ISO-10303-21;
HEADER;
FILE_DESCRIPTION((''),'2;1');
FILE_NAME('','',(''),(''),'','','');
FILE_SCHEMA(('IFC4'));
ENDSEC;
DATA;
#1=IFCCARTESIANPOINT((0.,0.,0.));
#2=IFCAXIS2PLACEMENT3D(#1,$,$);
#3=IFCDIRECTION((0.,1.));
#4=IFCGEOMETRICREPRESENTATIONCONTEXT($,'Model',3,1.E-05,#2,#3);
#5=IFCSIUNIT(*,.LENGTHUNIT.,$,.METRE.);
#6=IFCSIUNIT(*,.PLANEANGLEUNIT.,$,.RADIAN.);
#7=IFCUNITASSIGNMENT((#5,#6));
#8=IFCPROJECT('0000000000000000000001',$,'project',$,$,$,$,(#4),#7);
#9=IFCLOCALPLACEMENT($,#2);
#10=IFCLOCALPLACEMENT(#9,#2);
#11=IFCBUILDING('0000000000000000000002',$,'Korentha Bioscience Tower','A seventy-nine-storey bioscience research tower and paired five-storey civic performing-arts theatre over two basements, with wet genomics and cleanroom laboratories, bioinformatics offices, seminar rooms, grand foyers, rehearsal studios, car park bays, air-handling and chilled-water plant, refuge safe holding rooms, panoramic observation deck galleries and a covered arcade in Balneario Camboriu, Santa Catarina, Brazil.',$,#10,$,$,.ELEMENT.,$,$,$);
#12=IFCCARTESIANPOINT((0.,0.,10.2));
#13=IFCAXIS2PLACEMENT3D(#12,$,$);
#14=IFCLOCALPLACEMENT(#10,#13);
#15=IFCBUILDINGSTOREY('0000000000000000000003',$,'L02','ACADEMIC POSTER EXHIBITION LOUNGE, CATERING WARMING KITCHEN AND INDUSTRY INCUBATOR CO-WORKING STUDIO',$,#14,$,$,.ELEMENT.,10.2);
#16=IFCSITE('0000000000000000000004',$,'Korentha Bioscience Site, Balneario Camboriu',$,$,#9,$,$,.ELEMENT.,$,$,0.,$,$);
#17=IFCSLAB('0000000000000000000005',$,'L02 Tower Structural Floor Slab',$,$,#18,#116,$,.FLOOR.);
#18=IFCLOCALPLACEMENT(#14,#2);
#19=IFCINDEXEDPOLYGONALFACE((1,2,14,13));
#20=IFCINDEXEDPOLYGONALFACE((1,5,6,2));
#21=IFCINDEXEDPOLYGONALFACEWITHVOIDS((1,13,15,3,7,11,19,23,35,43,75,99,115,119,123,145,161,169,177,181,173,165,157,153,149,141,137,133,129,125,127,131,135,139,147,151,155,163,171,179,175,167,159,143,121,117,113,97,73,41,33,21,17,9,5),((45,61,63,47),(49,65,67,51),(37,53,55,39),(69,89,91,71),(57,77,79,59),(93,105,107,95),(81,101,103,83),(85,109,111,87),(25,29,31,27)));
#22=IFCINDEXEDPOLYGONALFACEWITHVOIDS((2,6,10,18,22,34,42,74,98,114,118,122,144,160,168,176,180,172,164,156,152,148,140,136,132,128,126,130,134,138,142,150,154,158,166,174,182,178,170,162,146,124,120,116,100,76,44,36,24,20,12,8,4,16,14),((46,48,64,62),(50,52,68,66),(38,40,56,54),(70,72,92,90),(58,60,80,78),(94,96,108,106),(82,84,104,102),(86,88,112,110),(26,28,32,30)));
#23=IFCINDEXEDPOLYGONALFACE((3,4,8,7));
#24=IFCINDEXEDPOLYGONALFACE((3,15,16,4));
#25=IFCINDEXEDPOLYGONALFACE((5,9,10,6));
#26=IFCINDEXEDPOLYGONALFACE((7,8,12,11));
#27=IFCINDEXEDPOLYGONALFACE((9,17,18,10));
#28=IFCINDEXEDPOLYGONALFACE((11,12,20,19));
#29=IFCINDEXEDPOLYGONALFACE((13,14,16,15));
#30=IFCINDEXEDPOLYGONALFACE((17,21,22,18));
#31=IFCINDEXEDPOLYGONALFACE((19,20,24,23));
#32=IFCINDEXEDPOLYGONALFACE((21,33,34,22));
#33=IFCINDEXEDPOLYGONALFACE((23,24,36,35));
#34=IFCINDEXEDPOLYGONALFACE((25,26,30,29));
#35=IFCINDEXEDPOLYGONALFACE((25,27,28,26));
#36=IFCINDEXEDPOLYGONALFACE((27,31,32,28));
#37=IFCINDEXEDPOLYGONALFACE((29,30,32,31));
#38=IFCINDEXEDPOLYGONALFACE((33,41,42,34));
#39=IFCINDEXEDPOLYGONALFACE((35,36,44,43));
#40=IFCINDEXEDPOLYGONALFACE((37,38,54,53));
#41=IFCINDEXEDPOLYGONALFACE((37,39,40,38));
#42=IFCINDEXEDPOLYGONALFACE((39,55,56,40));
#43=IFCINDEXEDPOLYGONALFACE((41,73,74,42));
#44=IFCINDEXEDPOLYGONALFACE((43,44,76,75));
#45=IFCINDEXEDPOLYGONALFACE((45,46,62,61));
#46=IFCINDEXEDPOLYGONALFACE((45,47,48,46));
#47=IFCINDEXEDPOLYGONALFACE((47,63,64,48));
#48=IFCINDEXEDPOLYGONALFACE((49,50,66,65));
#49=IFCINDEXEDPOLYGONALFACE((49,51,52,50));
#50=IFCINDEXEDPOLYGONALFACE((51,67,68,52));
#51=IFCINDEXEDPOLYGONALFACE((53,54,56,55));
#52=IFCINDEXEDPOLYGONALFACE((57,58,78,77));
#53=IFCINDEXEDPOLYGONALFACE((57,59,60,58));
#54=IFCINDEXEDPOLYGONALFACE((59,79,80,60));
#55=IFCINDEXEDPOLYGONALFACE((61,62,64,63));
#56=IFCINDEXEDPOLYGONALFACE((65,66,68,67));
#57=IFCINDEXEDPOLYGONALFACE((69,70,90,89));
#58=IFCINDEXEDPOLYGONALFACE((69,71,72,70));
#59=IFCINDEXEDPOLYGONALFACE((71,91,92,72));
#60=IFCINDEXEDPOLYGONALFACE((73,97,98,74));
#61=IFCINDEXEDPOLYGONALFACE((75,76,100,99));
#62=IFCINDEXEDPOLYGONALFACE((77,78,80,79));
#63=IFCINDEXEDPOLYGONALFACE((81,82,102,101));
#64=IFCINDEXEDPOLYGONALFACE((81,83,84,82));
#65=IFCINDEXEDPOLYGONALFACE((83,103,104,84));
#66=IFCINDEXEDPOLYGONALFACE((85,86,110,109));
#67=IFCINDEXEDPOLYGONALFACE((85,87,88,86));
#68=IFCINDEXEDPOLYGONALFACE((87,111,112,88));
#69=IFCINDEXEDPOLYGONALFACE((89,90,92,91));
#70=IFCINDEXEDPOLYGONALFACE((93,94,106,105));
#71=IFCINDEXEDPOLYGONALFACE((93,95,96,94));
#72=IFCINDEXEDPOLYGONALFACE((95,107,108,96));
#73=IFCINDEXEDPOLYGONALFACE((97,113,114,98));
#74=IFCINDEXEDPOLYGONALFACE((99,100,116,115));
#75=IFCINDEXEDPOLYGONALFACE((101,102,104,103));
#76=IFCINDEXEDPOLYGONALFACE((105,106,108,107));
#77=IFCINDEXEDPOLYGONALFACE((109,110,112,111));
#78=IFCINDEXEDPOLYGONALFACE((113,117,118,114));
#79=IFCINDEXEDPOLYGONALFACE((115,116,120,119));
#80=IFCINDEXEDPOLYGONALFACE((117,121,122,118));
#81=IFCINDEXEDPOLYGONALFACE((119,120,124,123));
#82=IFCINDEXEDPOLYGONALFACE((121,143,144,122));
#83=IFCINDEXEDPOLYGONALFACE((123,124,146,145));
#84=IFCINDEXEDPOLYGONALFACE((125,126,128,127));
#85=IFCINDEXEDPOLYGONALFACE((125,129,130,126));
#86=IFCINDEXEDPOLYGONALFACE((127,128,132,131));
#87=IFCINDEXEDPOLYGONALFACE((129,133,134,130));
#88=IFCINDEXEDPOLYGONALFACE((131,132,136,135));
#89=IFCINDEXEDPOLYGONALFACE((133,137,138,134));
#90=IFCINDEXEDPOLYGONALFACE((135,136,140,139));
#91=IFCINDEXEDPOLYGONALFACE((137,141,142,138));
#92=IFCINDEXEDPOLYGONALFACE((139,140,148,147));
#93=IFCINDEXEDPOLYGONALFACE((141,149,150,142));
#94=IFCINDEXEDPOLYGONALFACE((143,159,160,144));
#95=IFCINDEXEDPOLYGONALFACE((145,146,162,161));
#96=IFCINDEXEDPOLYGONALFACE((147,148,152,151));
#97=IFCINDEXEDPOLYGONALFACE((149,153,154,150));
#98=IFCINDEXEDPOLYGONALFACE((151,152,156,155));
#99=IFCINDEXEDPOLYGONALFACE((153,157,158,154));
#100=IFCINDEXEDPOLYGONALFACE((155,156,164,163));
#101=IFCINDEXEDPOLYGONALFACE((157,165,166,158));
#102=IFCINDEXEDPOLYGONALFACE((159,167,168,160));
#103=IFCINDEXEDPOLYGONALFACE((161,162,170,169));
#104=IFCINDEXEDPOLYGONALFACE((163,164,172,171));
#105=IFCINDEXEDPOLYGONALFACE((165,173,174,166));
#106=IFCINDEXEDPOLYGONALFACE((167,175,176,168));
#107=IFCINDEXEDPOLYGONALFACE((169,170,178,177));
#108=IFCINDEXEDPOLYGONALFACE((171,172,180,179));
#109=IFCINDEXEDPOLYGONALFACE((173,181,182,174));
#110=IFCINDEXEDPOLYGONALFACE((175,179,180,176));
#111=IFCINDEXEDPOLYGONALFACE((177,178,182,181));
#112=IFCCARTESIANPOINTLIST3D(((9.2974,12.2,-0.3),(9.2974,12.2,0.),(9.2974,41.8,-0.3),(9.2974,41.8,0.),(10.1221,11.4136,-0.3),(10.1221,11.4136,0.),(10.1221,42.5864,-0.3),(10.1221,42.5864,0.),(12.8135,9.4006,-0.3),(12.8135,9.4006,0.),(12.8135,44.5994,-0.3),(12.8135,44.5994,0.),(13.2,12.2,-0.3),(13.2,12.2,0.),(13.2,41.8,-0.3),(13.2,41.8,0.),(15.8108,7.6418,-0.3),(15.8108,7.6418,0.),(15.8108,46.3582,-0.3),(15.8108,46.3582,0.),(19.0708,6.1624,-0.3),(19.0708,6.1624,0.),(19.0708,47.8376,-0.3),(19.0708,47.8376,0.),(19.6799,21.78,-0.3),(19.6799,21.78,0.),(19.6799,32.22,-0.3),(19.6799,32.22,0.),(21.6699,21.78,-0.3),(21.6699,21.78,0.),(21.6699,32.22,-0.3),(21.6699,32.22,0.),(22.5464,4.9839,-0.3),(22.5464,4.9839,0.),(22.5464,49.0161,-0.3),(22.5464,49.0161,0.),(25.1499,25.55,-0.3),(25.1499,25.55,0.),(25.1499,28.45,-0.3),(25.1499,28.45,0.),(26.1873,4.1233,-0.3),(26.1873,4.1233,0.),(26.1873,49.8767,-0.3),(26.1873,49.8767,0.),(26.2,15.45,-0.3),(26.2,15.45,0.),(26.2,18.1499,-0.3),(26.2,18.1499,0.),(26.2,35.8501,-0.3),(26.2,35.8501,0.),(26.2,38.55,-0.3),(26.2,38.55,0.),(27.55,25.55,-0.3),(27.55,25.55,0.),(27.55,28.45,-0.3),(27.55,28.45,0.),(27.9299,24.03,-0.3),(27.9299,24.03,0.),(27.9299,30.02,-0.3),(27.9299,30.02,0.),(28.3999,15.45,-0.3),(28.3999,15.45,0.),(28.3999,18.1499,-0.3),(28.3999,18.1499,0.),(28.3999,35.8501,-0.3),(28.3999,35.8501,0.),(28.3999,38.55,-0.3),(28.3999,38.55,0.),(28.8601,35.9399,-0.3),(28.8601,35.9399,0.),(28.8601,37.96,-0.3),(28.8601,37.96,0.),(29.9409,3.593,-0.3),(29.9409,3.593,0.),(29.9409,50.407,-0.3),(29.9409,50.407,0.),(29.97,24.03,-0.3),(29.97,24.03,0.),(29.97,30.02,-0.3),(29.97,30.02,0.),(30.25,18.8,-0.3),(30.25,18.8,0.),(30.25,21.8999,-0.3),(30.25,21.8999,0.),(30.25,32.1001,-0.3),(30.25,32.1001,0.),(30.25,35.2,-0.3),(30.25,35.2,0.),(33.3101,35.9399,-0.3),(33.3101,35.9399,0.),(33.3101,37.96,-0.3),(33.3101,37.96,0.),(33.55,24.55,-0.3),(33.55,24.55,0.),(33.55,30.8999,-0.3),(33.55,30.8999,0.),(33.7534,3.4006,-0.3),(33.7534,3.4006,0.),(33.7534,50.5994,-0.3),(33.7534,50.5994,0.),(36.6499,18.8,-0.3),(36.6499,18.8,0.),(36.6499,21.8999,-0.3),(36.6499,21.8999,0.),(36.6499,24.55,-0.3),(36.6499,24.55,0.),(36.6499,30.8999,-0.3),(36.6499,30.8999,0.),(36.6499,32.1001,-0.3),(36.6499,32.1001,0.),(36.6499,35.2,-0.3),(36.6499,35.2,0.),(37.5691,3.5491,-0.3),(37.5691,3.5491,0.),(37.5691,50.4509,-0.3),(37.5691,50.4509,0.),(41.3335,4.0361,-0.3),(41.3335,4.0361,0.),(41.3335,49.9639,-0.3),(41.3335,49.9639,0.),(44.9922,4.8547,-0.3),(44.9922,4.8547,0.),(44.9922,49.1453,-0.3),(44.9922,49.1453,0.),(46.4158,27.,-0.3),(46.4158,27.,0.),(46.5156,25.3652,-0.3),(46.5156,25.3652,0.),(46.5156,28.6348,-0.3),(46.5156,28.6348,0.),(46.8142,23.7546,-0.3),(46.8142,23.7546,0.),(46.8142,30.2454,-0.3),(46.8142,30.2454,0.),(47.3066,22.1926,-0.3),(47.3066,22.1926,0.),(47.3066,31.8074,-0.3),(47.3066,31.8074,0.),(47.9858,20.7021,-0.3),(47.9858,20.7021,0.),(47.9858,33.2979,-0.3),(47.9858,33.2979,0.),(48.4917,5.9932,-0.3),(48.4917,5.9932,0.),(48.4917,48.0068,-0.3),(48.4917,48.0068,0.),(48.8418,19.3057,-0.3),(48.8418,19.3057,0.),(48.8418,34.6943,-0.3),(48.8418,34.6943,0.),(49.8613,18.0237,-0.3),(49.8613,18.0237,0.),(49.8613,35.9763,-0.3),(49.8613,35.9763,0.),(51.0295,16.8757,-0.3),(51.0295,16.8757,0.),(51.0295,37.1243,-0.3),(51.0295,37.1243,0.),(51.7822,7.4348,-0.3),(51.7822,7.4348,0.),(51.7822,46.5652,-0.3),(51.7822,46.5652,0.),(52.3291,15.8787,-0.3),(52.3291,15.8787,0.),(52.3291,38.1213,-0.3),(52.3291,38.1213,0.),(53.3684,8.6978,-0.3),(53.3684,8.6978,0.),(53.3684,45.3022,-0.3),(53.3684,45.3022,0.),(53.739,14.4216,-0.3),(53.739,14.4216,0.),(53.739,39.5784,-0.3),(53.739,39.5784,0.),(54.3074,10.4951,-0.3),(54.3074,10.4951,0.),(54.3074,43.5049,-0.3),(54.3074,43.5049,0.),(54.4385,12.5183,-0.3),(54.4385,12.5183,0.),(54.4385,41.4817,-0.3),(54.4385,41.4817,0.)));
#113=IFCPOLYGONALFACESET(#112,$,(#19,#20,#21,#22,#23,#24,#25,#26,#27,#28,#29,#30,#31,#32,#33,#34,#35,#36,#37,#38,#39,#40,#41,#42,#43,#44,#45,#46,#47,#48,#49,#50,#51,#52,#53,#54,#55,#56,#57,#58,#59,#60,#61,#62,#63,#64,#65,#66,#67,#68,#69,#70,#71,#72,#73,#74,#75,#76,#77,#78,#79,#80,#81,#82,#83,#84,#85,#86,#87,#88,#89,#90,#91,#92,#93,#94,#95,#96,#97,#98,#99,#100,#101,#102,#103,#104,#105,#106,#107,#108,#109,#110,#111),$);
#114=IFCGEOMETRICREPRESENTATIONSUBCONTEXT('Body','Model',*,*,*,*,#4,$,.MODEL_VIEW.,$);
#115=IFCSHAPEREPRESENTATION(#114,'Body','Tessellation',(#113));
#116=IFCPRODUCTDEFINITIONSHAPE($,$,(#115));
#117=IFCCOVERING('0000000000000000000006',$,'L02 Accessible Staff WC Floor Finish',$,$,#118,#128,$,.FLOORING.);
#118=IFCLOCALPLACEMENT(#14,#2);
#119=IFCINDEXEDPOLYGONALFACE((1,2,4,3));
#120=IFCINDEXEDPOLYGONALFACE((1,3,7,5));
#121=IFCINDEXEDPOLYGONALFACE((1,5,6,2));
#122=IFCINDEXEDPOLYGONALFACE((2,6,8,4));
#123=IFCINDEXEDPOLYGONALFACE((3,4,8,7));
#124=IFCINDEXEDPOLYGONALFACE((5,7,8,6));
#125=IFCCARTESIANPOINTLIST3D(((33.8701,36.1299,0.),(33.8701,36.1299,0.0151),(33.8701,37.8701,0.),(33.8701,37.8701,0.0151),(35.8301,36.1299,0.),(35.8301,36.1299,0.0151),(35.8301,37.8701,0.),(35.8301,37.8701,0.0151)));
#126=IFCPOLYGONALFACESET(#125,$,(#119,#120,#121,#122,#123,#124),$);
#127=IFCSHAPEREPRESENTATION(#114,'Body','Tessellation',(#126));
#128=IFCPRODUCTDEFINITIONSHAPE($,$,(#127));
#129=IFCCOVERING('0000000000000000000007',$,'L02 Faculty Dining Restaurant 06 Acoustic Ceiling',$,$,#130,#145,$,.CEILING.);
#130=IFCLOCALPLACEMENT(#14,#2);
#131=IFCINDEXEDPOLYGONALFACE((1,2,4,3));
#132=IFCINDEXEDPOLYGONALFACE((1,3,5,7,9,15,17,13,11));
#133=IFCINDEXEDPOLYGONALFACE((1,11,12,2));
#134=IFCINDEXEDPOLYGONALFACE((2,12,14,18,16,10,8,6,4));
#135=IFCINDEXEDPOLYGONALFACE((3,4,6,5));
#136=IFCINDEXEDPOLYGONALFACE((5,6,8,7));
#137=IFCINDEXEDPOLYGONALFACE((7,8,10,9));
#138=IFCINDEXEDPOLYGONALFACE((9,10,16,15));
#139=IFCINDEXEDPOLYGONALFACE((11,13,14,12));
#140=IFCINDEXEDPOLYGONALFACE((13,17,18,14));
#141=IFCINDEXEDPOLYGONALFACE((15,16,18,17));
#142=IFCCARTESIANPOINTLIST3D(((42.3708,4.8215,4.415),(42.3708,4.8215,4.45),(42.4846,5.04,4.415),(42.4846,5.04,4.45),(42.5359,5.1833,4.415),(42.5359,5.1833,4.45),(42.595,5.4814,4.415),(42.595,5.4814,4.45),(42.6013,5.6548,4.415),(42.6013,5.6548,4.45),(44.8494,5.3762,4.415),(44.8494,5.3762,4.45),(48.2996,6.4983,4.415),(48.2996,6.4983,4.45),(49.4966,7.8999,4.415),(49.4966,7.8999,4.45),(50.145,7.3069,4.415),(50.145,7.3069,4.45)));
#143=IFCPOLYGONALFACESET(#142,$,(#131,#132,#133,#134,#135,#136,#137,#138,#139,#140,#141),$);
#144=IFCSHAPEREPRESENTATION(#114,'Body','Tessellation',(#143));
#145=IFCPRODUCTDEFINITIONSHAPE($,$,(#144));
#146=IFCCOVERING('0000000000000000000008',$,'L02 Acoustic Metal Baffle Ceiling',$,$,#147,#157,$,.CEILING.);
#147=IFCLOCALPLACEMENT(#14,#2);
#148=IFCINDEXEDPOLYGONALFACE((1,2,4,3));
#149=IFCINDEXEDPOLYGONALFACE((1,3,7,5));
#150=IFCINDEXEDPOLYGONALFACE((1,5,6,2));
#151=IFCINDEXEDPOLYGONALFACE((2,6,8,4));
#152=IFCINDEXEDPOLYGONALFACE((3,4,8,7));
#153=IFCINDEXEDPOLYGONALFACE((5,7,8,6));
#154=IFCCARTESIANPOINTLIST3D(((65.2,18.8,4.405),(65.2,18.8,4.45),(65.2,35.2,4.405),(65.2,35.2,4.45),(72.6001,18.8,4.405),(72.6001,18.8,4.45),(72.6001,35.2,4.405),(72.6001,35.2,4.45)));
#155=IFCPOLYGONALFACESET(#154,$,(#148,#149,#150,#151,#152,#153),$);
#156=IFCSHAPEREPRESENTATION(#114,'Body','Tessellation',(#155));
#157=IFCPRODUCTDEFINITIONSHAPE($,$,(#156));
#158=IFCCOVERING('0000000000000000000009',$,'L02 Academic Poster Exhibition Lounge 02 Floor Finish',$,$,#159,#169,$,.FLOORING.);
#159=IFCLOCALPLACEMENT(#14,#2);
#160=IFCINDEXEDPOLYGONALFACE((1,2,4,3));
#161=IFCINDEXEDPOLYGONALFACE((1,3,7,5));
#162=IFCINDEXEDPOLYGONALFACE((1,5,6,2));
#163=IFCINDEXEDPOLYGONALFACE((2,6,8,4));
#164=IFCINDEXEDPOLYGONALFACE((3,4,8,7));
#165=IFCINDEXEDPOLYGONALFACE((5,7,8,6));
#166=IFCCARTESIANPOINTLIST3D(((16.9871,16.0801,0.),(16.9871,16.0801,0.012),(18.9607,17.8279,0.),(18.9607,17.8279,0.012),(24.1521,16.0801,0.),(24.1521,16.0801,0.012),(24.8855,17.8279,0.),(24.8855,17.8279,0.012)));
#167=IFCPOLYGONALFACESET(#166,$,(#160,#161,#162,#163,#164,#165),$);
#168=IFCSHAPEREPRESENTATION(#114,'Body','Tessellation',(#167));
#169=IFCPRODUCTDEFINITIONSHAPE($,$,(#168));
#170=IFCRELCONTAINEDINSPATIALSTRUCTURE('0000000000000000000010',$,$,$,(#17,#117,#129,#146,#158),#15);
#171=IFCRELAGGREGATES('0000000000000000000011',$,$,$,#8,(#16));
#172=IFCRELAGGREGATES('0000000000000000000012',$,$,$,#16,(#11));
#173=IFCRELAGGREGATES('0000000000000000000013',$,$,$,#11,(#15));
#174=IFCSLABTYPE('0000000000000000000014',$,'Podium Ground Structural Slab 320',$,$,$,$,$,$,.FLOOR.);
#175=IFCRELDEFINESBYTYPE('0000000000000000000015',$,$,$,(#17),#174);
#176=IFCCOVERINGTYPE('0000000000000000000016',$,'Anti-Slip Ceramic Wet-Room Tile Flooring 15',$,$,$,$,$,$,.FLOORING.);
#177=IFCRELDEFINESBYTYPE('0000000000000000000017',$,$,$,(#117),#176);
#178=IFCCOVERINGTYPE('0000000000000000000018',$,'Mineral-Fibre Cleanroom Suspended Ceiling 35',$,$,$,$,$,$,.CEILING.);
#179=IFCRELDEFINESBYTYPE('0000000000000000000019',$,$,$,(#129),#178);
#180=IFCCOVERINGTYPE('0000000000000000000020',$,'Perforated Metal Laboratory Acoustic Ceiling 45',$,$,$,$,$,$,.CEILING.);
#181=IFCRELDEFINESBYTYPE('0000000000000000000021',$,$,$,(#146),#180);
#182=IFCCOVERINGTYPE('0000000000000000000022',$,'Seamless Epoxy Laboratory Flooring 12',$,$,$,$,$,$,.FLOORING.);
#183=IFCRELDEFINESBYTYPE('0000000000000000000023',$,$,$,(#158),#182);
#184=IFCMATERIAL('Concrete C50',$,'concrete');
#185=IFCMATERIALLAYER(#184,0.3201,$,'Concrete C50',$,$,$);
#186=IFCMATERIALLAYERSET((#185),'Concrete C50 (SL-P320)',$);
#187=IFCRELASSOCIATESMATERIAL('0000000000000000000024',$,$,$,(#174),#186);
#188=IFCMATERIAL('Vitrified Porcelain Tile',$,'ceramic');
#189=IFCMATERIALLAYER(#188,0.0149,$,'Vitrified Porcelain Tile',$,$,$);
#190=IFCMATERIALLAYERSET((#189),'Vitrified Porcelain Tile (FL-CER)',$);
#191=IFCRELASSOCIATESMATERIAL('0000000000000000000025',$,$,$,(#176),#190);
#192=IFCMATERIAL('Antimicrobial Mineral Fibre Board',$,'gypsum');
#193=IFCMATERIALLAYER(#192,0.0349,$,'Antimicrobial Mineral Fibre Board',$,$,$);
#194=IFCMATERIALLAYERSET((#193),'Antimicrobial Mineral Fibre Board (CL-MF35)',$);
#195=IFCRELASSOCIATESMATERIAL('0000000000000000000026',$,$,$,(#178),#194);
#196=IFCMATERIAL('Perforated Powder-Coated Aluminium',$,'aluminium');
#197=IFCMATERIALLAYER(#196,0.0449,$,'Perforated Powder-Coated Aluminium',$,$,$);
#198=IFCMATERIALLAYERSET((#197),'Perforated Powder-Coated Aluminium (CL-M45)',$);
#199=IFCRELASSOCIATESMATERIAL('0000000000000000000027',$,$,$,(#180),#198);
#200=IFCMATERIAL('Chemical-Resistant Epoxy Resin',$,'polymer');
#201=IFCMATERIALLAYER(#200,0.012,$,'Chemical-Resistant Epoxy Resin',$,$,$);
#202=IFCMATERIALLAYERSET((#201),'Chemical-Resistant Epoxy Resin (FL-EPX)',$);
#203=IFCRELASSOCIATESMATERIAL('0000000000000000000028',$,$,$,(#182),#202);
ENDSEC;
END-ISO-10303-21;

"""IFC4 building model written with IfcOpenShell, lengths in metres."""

from ifc_helpers import new_model, si_unit, direction, frame, origin, place, context, subcontext, project, spatial, polyline, outline, extrude, material, layer, layer_set, type_object, element, save


model = new_model("IFC4")

# Units and contexts
model_context = context("Model", 3, precision=1e-05, world=origin(), true_north=direction((0.0, 1.0)))
body_context = subcontext(model_context, "Body", "Model", "MODEL_VIEW")
ifc_project = project(units=[si_unit("LENGTHUNIT", "METRE"), si_unit("PLANEANGLEUNIT", "RADIAN")], contexts=[model_context])

# Site, building, storey
site_placement = place(None, origin())
site = spatial("IfcSite", under=ifc_project, at=site_placement, Name="Korentha Bioscience Site, Balneario Camboriu", CompositionType="ELEMENT", RefElevation=0.0)
building_placement = place(site_placement, origin())
building = spatial("IfcBuilding", under=site, at=building_placement, Name="Korentha Bioscience Tower", Description="A seventy-nine-storey bioscience research tower and paired five-storey civic performing-arts theatre over two basements, with wet genomics and cleanroom laboratories, bioinformatics offices, seminar rooms, grand foyers, rehearsal studios, car park bays, air-handling and chilled-water plant, refuge safe holding rooms, panoramic observation deck galleries and a covered arcade in Balneario Camboriu, Santa Catarina, Brazil.", CompositionType="ELEMENT")
storey_placement = place(building_placement, frame((0.0, 0.0, 10.2)))
storey = spatial("IfcBuildingStorey", under=building, at=storey_placement, Name="L02", Description="ACADEMIC POSTER EXHIBITION LOUNGE, CATERING WARMING KITCHEN AND INDUSTRY INCUBATOR CO-WORKING STUDIO", CompositionType="ELEMENT", Elevation=10.2)

# Shared definitions
ifc_material_1 = material(Name="Concrete C50", Category="concrete")

# Slab
ifc_layer_1 = layer(ifc_material_1, 0.3201, Name="Concrete C50")
ifc_layer_set_1 = layer_set([ifc_layer_1], Name="Concrete C50 (SL-P320)")
slab_type_1 = type_object("IfcSlabType", Name="Podium Ground Structural Slab 320", PredefinedType="FLOOR", material=ifc_layer_set_1)
slab_1_placement = place(storey_placement, frame((0.0, 0.0, -0.3)))
element("IfcSlab", 1, at=slab_1_placement, inside=storey, type_object=slab_type_1, Name="L02 Tower Structural Floor Slab", PredefinedType="FLOOR", context=body_context, shape_type="SweptSolid", body=[
    extrude(outline(polyline([(9.2974, 41.8), (13.2, 41.8), (13.2, 12.2), (9.2974, 12.2), (10.1221, 11.4136), (12.8135, 9.4006), (15.8108, 7.6418), (19.0708, 6.1624), (22.5464, 4.9839), (26.1873, 4.1233), (29.9409, 3.593), (33.7534, 3.4006), (37.5691, 3.5491), (41.3335, 4.0361), (44.9922, 4.8547), (48.4917, 5.9932), (51.7822, 7.4348), (53.3684, 8.6978), (54.3074, 10.4951), (54.4385, 12.5183), (53.739, 14.4216), (52.3291, 15.8787), (51.0295, 16.8757), (49.8613, 18.0237), (48.8418, 19.3057), (47.9858, 20.7021), (47.3066, 22.1926), (46.8142, 23.7546), (46.5156, 25.3652), (46.4158, 27.0), (46.5156, 28.6348), (46.8142, 30.2454), (47.3066, 31.8074), (47.9858, 33.2979), (48.8418, 34.6943), (49.8613, 35.9763), (51.0295, 37.1243), (52.3291, 38.1213), (53.739, 39.5784), (54.4385, 41.4817), (54.3074, 43.5049), (53.3684, 45.3022), (51.7822, 46.5652), (48.4917, 48.0068), (44.9922, 49.1453), (41.3335, 49.9639), (37.5691, 50.4509), (33.7534, 50.5994), (29.9409, 50.407), (26.1873, 49.8767), (22.5464, 49.0161), (19.0708, 47.8376), (15.8108, 46.3582), (12.8135, 44.5994), (10.1221, 42.5864), (9.2974, 41.8)]), holes=[polyline([(30.25, 32.1001), (36.6499, 32.1001), (36.6499, 35.2), (30.25, 35.2), (30.25, 32.1001)]), polyline([(30.25, 18.8), (36.6499, 18.8), (36.6499, 21.8999), (30.25, 21.8999), (30.25, 18.8)]), polyline([(36.6499, 24.55), (36.6499, 30.8999), (33.55, 30.8999), (33.55, 24.55), (36.6499, 24.55)]), polyline([(19.6799, 21.78), (21.6699, 21.78), (21.6699, 32.22), (19.6799, 32.22), (19.6799, 21.78)]), polyline([(27.9299, 24.03), (29.97, 24.03), (29.97, 30.02), (27.9299, 30.02), (27.9299, 24.03)]), polyline([(28.8601, 35.9399), (33.3101, 35.9399), (33.3101, 37.96), (28.8601, 37.96), (28.8601, 35.9399)]), polyline([(26.2, 15.45), (28.3999, 15.45), (28.3999, 18.1499), (26.2, 18.1499), (26.2, 15.45)]), polyline([(26.2, 35.8501), (28.3999, 35.8501), (28.3999, 38.55), (26.2, 38.55), (26.2, 35.8501)]), polyline([(25.1499, 25.55), (27.55, 25.55), (27.55, 28.45), (25.1499, 28.45), (25.1499, 25.55)])]), origin(), (0.0, 0.0, 1.0), 0.3),
])

# Coverings
ifc_material_2 = material(Name="Vitrified Porcelain Tile", Category="ceramic")
ifc_layer_2 = layer(ifc_material_2, 0.0149, Name="Vitrified Porcelain Tile")
ifc_layer_set_2 = layer_set([ifc_layer_2], Name="Vitrified Porcelain Tile (FL-CER)")
covering_type_1 = type_object("IfcCoveringType", Name="Anti-Slip Ceramic Wet-Room Tile Flooring 15", PredefinedType="FLOORING", material=ifc_layer_set_2)
covering_1_placement = place(storey_placement, origin())
element("IfcCovering", 2, at=covering_1_placement, inside=storey, type_object=covering_type_1, Name="L02 Accessible Staff WC Floor Finish", PredefinedType="FLOORING", context=body_context, shape_type="SweptSolid", body=[
    extrude(outline(polyline([(33.8701, 36.1299), (33.8701, 37.8701), (35.8301, 37.8701), (35.8301, 36.1299), (33.8701, 36.1299)])), origin(), (0.0, 0.0, 1.0), 0.0151),
])
ifc_material_3 = material(Name="Antimicrobial Mineral Fibre Board", Category="gypsum")
ifc_layer_3 = layer(ifc_material_3, 0.0349, Name="Antimicrobial Mineral Fibre Board")
ifc_layer_set_3 = layer_set([ifc_layer_3], Name="Antimicrobial Mineral Fibre Board (CL-MF35)")
covering_type_2 = type_object("IfcCoveringType", Name="Mineral-Fibre Cleanroom Suspended Ceiling 35", PredefinedType="CEILING", material=ifc_layer_set_3)
covering_2_placement = place(storey_placement, frame((0.0, 0.0, 4.415)))
element("IfcCovering", 3, at=covering_2_placement, inside=storey, type_object=covering_type_2, Name="L02 Faculty Dining Restaurant 06 Acoustic Ceiling", PredefinedType="CEILING", context=body_context, shape_type="SweptSolid", body=[
    extrude(outline(polyline([(49.4966, 7.8999), (50.145, 7.3069), (48.2996, 6.4983), (44.8494, 5.3762), (42.3708, 4.8215), (42.4846, 5.04), (42.5359, 5.1833), (42.595, 5.4814), (42.6013, 5.6548), (49.4966, 7.8999)])), origin(), (0.0, 0.0, 1.0), 0.0349),
])
ifc_material_4 = material(Name="Perforated Powder-Coated Aluminium", Category="aluminium")
ifc_layer_4 = layer(ifc_material_4, 0.0449, Name="Perforated Powder-Coated Aluminium")
ifc_layer_set_4 = layer_set([ifc_layer_4], Name="Perforated Powder-Coated Aluminium (CL-M45)")
covering_type_3 = type_object("IfcCoveringType", Name="Perforated Metal Laboratory Acoustic Ceiling 45", PredefinedType="CEILING", material=ifc_layer_set_4)
covering_3_placement = place(storey_placement, frame((0.0, 0.0, 4.405)))
element("IfcCovering", 4, at=covering_3_placement, inside=storey, type_object=covering_type_3, Name="L02 Acoustic Metal Baffle Ceiling", PredefinedType="CEILING", context=body_context, shape_type="SweptSolid", body=[
    extrude(outline(polyline([(65.2, 18.8), (72.6001, 18.8), (72.6001, 35.2), (65.2, 35.2), (65.2, 18.8)])), origin(), (0.0, 0.0, 1.0), 0.0449),
])
ifc_material_5 = material(Name="Chemical-Resistant Epoxy Resin", Category="polymer")
ifc_layer_5 = layer(ifc_material_5, 0.012, Name="Chemical-Resistant Epoxy Resin")
ifc_layer_set_5 = layer_set([ifc_layer_5], Name="Chemical-Resistant Epoxy Resin (FL-EPX)")
covering_type_4 = type_object("IfcCoveringType", Name="Seamless Epoxy Laboratory Flooring 12", PredefinedType="FLOORING", material=ifc_layer_set_5)
covering_4_placement = place(storey_placement, origin())
element("IfcCovering", 5, at=covering_4_placement, inside=storey, type_object=covering_type_4, Name="L02 Academic Poster Exhibition Lounge 02 Floor Finish", PredefinedType="FLOORING", context=body_context, shape_type="SweptSolid", body=[
    extrude(outline(polyline([(24.8855, 17.8279), (24.1521, 16.0801), (16.9871, 16.0801), (18.9607, 17.8279), (24.8855, 17.8279)])), origin(), (0.0, 0.0, 1.0), 0.012),
])

save(model, "model.ifc")
